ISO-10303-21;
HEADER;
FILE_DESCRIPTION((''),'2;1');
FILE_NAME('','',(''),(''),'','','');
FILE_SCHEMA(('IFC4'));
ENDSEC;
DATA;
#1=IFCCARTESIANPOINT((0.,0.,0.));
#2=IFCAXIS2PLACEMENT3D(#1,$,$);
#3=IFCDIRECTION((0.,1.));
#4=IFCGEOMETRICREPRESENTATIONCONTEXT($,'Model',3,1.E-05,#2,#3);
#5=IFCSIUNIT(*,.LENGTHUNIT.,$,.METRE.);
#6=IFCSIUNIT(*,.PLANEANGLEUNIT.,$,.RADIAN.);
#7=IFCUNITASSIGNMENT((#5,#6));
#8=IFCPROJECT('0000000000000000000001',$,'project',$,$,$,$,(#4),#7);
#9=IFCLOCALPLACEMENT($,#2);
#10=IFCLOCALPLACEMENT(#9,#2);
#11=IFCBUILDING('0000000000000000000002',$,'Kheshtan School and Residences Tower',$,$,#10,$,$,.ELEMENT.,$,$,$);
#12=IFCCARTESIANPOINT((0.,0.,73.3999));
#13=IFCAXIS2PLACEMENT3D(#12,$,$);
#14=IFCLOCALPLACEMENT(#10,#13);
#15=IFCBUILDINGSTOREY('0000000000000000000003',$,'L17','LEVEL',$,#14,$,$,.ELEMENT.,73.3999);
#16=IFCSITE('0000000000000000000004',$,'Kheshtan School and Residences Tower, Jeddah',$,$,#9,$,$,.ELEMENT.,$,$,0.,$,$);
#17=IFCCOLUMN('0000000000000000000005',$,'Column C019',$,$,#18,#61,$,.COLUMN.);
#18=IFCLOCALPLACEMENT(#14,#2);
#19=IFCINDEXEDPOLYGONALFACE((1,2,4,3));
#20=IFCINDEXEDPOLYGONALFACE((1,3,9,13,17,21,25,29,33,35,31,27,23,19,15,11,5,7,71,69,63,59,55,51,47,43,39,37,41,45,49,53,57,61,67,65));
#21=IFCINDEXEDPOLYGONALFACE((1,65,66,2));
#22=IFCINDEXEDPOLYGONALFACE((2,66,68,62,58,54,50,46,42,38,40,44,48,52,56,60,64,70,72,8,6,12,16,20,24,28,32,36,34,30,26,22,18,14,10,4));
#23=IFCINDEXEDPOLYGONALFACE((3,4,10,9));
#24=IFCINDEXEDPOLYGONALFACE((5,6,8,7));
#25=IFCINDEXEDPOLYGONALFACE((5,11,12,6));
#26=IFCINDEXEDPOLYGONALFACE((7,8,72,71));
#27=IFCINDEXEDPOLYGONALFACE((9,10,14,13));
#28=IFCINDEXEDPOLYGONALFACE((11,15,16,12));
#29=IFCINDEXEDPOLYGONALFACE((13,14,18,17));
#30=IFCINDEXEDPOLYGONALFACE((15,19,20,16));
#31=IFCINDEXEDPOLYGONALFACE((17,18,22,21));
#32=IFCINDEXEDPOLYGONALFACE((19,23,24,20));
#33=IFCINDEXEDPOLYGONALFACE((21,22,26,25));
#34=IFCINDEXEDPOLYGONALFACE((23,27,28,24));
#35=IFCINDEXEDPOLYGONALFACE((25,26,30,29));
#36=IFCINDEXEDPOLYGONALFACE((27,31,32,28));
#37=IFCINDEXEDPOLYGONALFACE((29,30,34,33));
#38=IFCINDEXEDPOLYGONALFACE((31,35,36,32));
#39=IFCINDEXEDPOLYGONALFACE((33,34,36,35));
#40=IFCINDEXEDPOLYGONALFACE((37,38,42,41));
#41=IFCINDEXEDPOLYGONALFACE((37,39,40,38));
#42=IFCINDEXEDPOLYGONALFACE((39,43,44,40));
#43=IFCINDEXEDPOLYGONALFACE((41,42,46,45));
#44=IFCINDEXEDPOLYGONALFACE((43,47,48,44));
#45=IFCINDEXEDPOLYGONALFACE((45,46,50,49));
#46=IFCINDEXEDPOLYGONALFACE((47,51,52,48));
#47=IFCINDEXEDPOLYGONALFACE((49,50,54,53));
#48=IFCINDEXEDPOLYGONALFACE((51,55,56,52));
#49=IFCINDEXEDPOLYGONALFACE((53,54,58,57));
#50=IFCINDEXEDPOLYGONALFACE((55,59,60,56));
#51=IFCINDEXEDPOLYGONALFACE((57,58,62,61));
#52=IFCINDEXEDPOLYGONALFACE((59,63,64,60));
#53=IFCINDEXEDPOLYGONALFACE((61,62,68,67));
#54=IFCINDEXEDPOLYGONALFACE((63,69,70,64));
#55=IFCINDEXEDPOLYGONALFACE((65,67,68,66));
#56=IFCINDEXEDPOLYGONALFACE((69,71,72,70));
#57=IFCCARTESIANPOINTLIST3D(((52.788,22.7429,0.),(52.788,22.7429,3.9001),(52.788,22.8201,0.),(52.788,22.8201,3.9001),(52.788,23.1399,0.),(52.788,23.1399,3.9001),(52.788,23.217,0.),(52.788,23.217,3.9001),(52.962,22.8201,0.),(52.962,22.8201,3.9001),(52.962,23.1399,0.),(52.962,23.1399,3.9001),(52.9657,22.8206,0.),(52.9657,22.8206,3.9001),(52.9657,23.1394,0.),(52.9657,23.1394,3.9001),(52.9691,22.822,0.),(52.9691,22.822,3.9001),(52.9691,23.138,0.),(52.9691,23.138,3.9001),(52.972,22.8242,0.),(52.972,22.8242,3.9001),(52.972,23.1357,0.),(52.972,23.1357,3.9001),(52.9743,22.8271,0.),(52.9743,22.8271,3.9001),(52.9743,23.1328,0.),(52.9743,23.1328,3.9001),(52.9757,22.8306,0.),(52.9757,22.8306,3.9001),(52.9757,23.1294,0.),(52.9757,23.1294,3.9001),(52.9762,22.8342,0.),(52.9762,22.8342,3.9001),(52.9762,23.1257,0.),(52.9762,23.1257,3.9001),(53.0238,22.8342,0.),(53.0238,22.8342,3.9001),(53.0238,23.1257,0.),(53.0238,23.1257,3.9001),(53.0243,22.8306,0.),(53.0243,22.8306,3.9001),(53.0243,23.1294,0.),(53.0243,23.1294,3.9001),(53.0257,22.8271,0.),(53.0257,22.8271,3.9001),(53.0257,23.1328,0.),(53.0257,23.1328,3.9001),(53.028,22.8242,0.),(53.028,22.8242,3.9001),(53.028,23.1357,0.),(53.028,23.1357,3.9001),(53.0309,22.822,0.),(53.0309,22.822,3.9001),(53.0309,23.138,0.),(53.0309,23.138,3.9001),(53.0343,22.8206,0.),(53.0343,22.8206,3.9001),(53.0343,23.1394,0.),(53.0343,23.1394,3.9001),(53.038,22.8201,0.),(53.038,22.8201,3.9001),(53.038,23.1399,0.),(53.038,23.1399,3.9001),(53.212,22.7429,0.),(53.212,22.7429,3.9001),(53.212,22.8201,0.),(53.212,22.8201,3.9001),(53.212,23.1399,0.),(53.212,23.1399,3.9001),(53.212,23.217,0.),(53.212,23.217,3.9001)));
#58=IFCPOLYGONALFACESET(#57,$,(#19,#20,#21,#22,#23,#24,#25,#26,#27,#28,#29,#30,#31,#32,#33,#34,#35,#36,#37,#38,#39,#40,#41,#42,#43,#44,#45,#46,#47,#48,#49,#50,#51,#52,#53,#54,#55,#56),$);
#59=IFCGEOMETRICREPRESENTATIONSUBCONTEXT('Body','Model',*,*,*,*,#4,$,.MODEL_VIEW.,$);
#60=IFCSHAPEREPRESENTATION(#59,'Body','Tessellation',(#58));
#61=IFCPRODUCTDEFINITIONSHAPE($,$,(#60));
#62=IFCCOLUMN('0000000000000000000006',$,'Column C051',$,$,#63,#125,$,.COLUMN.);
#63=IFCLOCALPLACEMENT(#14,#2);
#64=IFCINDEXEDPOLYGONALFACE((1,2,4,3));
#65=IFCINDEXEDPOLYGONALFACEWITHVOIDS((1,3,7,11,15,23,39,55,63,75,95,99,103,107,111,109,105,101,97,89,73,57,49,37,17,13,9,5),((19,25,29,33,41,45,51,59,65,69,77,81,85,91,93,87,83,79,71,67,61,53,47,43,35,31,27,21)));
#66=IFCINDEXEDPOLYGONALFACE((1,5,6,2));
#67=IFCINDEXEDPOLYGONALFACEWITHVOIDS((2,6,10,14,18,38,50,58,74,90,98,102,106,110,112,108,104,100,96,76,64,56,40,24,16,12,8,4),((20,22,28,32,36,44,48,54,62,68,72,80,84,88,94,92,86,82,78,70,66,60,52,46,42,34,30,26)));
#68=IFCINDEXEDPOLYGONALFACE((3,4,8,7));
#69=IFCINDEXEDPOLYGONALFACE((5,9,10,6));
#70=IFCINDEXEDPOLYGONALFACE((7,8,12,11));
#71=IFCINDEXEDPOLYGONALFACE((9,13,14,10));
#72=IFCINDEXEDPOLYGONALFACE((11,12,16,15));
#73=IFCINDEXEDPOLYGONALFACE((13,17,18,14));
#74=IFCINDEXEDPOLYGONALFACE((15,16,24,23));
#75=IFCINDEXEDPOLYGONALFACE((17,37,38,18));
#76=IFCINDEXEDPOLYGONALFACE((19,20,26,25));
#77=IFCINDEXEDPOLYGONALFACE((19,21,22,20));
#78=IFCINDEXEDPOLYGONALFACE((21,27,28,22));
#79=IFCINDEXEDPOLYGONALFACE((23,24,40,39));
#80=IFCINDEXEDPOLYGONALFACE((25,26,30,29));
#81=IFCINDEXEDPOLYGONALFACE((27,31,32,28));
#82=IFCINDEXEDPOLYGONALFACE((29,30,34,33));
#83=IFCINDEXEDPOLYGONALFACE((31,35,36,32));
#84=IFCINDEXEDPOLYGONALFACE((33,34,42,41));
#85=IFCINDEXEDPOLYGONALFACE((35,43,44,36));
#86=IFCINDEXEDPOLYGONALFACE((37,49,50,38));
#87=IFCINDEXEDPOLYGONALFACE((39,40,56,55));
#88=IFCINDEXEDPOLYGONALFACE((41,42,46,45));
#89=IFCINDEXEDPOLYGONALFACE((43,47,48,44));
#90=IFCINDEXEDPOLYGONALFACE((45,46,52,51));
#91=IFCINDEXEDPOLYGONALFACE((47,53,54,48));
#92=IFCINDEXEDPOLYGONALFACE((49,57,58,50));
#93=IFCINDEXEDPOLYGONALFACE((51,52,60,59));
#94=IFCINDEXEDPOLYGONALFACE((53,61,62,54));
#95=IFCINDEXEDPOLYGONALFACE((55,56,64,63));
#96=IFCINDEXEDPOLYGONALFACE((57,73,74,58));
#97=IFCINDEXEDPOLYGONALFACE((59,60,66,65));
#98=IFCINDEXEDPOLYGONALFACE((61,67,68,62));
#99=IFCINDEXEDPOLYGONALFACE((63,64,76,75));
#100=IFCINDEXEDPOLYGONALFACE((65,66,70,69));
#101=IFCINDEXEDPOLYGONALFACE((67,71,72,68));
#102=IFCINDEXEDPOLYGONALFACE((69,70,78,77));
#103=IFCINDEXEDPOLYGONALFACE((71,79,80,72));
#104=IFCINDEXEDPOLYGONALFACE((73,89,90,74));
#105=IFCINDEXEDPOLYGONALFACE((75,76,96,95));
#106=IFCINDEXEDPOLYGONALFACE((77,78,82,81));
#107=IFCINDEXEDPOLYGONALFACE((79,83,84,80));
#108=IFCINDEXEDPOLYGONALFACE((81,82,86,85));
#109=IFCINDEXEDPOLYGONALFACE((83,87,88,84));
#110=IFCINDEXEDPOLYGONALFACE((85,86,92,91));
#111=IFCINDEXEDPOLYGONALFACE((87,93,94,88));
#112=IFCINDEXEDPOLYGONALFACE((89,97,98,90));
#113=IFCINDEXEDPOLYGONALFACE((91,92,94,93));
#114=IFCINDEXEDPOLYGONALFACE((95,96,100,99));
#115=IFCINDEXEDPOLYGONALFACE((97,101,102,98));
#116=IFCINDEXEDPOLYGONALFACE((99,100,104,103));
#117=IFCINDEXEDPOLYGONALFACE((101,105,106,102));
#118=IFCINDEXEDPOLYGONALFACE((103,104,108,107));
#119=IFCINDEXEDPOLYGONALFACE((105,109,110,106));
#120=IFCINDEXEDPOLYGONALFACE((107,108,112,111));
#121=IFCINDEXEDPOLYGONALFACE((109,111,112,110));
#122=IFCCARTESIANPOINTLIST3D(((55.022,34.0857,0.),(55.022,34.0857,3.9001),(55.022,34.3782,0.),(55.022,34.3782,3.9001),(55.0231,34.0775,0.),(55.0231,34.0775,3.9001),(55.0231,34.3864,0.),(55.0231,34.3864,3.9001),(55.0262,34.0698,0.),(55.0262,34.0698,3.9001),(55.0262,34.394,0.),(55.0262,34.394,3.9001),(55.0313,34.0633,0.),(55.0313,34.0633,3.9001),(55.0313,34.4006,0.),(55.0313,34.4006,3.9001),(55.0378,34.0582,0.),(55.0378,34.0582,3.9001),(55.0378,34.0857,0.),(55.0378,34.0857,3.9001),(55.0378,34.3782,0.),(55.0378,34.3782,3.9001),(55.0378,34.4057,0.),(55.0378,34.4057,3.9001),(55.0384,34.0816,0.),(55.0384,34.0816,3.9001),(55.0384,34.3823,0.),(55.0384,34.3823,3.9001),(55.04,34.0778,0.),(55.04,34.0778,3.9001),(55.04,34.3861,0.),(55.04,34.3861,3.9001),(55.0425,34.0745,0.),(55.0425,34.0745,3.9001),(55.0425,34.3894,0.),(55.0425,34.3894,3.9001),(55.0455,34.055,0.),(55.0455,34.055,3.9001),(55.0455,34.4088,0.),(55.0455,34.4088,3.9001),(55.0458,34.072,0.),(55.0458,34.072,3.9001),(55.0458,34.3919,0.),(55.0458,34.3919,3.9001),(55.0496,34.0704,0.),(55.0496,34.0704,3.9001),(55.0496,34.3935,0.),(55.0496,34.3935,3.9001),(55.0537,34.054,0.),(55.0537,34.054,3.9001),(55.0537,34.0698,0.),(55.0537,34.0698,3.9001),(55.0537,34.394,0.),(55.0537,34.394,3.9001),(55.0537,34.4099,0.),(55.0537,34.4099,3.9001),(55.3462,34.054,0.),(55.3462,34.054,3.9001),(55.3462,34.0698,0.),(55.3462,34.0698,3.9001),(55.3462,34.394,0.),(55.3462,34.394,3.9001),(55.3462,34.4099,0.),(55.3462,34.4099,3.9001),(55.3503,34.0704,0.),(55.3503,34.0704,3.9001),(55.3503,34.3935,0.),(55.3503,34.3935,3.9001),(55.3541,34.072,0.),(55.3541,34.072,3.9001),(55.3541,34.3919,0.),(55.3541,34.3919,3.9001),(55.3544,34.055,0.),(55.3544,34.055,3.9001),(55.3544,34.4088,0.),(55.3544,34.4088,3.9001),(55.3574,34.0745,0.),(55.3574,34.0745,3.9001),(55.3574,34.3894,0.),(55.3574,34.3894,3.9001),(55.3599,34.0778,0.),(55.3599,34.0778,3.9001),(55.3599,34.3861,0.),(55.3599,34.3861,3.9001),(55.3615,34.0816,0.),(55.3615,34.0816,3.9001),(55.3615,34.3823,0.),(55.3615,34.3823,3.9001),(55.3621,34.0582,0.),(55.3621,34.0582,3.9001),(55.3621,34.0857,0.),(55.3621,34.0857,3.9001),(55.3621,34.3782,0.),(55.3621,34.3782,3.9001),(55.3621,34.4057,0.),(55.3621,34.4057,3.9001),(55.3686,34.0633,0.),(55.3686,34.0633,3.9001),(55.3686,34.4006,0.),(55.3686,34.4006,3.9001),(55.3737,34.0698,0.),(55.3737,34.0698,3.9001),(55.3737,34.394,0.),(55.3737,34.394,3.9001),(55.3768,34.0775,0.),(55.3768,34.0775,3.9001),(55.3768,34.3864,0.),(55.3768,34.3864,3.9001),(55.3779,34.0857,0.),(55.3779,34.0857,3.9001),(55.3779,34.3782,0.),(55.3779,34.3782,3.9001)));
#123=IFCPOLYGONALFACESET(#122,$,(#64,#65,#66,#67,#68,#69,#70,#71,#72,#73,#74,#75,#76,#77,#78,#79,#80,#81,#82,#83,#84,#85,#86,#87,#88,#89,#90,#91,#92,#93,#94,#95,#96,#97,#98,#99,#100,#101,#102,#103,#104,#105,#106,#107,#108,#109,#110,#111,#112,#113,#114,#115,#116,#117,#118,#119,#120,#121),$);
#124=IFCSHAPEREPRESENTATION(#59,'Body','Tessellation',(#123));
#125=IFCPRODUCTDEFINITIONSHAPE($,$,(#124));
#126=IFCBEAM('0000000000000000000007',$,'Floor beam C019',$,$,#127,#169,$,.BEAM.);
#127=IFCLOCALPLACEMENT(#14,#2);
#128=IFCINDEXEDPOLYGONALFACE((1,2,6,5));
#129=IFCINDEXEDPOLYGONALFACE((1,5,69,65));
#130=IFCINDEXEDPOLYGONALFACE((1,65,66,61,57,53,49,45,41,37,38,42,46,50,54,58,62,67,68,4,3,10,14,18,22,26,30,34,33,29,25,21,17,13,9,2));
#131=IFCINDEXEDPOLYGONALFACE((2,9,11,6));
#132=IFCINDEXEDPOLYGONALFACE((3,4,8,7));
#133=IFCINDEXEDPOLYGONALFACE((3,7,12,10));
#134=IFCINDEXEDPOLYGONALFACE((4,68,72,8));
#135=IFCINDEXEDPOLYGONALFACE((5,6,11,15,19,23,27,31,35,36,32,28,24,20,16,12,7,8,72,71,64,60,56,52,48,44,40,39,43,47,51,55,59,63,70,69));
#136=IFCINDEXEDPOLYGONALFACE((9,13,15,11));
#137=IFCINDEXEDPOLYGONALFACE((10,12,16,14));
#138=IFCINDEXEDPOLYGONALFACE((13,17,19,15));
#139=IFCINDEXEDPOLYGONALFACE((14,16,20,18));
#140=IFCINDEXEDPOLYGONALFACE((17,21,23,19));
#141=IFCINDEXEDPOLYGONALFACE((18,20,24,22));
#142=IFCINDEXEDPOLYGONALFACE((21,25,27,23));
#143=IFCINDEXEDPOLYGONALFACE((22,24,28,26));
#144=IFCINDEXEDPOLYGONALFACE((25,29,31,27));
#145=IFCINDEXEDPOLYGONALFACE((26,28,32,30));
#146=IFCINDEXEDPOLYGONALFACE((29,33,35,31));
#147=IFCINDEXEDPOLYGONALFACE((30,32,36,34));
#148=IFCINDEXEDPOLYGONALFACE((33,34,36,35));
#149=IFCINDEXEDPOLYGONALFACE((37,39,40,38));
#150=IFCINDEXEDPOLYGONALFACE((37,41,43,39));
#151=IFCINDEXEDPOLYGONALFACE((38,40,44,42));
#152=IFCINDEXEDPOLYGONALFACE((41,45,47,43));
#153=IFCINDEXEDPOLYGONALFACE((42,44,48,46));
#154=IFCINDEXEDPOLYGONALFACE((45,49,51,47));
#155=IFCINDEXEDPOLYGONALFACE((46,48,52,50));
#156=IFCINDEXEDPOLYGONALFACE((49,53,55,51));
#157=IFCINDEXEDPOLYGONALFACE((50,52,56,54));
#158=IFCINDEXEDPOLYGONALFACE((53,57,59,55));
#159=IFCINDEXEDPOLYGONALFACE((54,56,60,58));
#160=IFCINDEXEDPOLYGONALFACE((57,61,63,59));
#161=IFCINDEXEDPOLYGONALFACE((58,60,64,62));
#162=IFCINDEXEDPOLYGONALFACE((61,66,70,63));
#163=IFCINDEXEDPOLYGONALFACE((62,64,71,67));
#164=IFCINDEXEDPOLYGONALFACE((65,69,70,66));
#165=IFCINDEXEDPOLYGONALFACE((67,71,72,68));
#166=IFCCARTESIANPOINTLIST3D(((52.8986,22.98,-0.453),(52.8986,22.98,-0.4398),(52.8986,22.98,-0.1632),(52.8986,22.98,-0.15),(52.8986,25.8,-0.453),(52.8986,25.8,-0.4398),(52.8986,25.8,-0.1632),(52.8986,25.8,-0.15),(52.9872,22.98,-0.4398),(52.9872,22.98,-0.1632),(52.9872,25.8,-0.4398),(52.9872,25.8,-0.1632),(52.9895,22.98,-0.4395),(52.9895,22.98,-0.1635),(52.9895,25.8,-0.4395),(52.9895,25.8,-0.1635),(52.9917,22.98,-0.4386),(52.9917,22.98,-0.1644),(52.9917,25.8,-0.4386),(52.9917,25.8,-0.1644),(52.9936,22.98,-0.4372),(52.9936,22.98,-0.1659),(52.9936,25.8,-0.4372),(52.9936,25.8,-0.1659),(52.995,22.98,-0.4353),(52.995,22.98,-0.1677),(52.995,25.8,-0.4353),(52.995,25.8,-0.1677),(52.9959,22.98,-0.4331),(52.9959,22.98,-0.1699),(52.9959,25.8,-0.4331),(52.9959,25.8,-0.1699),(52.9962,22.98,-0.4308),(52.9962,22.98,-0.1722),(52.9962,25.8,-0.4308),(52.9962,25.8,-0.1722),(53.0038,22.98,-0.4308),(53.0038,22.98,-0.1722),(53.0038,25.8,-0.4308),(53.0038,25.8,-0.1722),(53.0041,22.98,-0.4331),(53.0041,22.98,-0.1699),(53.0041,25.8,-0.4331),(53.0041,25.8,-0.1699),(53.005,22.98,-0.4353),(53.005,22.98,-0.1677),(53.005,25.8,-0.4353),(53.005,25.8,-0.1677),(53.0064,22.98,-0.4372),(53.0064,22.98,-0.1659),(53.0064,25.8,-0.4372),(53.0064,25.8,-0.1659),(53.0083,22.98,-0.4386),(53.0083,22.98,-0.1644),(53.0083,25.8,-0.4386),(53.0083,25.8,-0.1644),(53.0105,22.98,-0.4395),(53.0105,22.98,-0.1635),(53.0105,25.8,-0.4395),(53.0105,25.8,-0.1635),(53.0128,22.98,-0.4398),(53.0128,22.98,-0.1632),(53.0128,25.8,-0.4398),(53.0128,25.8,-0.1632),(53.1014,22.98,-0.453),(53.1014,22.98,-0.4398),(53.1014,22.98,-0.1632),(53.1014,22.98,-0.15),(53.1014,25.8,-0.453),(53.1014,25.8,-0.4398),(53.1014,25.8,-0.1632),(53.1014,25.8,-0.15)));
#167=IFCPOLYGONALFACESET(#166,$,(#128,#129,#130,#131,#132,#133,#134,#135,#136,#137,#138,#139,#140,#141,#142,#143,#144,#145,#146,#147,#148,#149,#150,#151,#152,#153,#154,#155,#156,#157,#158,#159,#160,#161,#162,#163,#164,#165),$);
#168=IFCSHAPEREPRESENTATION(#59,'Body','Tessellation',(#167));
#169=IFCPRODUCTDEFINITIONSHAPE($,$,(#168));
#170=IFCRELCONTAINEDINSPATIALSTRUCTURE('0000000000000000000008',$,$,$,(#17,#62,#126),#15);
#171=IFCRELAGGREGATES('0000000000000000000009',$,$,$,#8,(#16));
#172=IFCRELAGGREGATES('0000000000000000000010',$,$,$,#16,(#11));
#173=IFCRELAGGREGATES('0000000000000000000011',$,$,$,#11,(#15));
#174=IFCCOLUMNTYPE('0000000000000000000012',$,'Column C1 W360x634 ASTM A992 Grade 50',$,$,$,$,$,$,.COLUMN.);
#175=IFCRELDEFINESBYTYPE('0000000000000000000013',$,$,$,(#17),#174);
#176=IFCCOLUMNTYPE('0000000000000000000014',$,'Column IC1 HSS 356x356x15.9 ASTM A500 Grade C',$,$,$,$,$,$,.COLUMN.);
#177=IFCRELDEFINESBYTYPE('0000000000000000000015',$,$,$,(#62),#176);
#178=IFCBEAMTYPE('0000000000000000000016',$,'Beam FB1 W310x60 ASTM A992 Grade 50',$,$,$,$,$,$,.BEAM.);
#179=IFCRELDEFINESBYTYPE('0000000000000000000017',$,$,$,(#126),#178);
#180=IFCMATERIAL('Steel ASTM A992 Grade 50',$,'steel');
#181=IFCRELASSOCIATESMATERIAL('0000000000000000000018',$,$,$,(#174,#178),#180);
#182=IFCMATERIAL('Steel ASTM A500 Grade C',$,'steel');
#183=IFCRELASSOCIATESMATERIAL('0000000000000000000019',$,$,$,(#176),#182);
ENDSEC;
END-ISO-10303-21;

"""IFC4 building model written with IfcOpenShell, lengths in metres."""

from ifc_helpers import new_model, si_unit, direction, frame, origin, origin_2d, place, context, subcontext, project, spatial, hollow_rectangle, i_section, extrude, material, material_profile, profile_set, type_object, element, save


model = new_model("IFC4")

# Units and contexts
model_context = context("Model", 3, precision=1e-05, world=origin(), true_north=direction((0.0, 1.0)))
body_context = subcontext(model_context, "Body", "Model", "MODEL_VIEW")
ifc_project = project(units=[si_unit("LENGTHUNIT", "METRE"), si_unit("PLANEANGLEUNIT", "RADIAN")], contexts=[model_context])

# Site, building, storey
site_placement = place(None, origin())
site = spatial("IfcSite", under=ifc_project, at=site_placement, Name="Kheshtan School and Residences Tower, Jeddah", CompositionType="ELEMENT", RefElevation=0.0)
building_placement = place(site_placement, origin())
building = spatial("IfcBuilding", under=site, at=building_placement, Name="Kheshtan School and Residences Tower", CompositionType="ELEMENT")
storey_placement = place(building_placement, frame((0.0, 0.0, 73.3999)))
storey = spatial("IfcBuildingStorey", under=building, at=storey_placement, Name="L17", Description="LEVEL", CompositionType="ELEMENT", Elevation=73.3999)

# Columns
ifc_material_1 = material(Name="Steel ASTM A992 Grade 50", Category="steel")
ifc_material_profile_1 = material_profile(ifc_material_1, i_section(OverallWidth=0.4241, OverallDepth=0.4741, WebThickness=0.0476, FlangeThickness=0.0771, FilletRadius=0.0142, at=origin_2d()), Name="W360x634")
ifc_profile_set_1 = profile_set([ifc_material_profile_1], Name="Steel ASTM A992 Grade 50")
column_type_1 = type_object("IfcColumnType", Name="Column C1 W360x634 ASTM A992 Grade 50", PredefinedType="COLUMN", material=ifc_profile_set_1)
column_1_placement = place(storey_placement, frame((53.0, 22.98, 0.0), z_axis=(0.0, 0.0, 1.0), x_axis=(1.0, 0.0, 0.0)))
element("IfcColumn", 1, at=column_1_placement, inside=storey, type_object=column_type_1, Name="Column C019", PredefinedType="COLUMN", context=body_context, shape_type="SweptSolid", body=[
    extrude(i_section(OverallWidth=0.4241, OverallDepth=0.4741, WebThickness=0.0476, FlangeThickness=0.0771, FilletRadius=0.0142, at=origin_2d()), origin(), (0.0, 0.0, 1.0), 3.9001),
])
ifc_material_2 = material(Name="Steel ASTM A500 Grade C", Category="steel")
ifc_material_profile_2 = material_profile(ifc_material_2, hollow_rectangle(XDim=0.356, YDim=0.356, WallThickness=0.0159, InnerFilletRadius=0.0159, OuterFilletRadius=0.0317, at=origin_2d()), Name="HSS 356x356x15.9")
ifc_profile_set_2 = profile_set([ifc_material_profile_2], Name="Steel ASTM A500 Grade C")
column_type_2 = type_object("IfcColumnType", Name="Column IC1 HSS 356x356x15.9 ASTM A500 Grade C", PredefinedType="COLUMN", material=ifc_profile_set_2)
column_2_placement = place(storey_placement, frame((55.2, 34.2319, 0.0), z_axis=(0.0, 0.0, 1.0), x_axis=(1.0, 0.0, 0.0)))
element("IfcColumn", 2, at=column_2_placement, inside=storey, type_object=column_type_2, Name="Column C051", PredefinedType="COLUMN", context=body_context, shape_type="SweptSolid", body=[
    extrude(hollow_rectangle(XDim=0.356, YDim=0.356, WallThickness=0.0159, InnerFilletRadius=0.0159, OuterFilletRadius=0.0317, at=origin_2d()), origin(), (0.0, 0.0, 1.0), 3.9001),
])

# Beam
ifc_material_profile_3 = material_profile(ifc_material_1, i_section(OverallWidth=0.2029, OverallDepth=0.303, WebThickness=0.0076, FlangeThickness=0.0132, FilletRadius=0.009, at=origin_2d()), Name="W310x60")
ifc_profile_set_3 = profile_set([ifc_material_profile_3], Name="Steel ASTM A992 Grade 50")
beam_type_1 = type_object("IfcBeamType", Name="Beam FB1 W310x60 ASTM A992 Grade 50", PredefinedType="BEAM", material=ifc_profile_set_3)
beam_1_placement = place(storey_placement, frame((53.0, 22.98, -0.3015), z_axis=(0.0, 1.0, 0.0), x_axis=(-1.0, 0.0, 0.0)))
element("IfcBeam", 3, at=beam_1_placement, inside=storey, type_object=beam_type_1, Name="Floor beam C019", PredefinedType="BEAM", context=body_context, shape_type="SweptSolid", body=[
    extrude(i_section(OverallWidth=0.2029, OverallDepth=0.303, WebThickness=0.0076, FlangeThickness=0.0132, FilletRadius=0.009, at=origin_2d()), origin(), (0.0, 0.0, 1.0), 2.8201),
])

save(model, "model.ifc")
